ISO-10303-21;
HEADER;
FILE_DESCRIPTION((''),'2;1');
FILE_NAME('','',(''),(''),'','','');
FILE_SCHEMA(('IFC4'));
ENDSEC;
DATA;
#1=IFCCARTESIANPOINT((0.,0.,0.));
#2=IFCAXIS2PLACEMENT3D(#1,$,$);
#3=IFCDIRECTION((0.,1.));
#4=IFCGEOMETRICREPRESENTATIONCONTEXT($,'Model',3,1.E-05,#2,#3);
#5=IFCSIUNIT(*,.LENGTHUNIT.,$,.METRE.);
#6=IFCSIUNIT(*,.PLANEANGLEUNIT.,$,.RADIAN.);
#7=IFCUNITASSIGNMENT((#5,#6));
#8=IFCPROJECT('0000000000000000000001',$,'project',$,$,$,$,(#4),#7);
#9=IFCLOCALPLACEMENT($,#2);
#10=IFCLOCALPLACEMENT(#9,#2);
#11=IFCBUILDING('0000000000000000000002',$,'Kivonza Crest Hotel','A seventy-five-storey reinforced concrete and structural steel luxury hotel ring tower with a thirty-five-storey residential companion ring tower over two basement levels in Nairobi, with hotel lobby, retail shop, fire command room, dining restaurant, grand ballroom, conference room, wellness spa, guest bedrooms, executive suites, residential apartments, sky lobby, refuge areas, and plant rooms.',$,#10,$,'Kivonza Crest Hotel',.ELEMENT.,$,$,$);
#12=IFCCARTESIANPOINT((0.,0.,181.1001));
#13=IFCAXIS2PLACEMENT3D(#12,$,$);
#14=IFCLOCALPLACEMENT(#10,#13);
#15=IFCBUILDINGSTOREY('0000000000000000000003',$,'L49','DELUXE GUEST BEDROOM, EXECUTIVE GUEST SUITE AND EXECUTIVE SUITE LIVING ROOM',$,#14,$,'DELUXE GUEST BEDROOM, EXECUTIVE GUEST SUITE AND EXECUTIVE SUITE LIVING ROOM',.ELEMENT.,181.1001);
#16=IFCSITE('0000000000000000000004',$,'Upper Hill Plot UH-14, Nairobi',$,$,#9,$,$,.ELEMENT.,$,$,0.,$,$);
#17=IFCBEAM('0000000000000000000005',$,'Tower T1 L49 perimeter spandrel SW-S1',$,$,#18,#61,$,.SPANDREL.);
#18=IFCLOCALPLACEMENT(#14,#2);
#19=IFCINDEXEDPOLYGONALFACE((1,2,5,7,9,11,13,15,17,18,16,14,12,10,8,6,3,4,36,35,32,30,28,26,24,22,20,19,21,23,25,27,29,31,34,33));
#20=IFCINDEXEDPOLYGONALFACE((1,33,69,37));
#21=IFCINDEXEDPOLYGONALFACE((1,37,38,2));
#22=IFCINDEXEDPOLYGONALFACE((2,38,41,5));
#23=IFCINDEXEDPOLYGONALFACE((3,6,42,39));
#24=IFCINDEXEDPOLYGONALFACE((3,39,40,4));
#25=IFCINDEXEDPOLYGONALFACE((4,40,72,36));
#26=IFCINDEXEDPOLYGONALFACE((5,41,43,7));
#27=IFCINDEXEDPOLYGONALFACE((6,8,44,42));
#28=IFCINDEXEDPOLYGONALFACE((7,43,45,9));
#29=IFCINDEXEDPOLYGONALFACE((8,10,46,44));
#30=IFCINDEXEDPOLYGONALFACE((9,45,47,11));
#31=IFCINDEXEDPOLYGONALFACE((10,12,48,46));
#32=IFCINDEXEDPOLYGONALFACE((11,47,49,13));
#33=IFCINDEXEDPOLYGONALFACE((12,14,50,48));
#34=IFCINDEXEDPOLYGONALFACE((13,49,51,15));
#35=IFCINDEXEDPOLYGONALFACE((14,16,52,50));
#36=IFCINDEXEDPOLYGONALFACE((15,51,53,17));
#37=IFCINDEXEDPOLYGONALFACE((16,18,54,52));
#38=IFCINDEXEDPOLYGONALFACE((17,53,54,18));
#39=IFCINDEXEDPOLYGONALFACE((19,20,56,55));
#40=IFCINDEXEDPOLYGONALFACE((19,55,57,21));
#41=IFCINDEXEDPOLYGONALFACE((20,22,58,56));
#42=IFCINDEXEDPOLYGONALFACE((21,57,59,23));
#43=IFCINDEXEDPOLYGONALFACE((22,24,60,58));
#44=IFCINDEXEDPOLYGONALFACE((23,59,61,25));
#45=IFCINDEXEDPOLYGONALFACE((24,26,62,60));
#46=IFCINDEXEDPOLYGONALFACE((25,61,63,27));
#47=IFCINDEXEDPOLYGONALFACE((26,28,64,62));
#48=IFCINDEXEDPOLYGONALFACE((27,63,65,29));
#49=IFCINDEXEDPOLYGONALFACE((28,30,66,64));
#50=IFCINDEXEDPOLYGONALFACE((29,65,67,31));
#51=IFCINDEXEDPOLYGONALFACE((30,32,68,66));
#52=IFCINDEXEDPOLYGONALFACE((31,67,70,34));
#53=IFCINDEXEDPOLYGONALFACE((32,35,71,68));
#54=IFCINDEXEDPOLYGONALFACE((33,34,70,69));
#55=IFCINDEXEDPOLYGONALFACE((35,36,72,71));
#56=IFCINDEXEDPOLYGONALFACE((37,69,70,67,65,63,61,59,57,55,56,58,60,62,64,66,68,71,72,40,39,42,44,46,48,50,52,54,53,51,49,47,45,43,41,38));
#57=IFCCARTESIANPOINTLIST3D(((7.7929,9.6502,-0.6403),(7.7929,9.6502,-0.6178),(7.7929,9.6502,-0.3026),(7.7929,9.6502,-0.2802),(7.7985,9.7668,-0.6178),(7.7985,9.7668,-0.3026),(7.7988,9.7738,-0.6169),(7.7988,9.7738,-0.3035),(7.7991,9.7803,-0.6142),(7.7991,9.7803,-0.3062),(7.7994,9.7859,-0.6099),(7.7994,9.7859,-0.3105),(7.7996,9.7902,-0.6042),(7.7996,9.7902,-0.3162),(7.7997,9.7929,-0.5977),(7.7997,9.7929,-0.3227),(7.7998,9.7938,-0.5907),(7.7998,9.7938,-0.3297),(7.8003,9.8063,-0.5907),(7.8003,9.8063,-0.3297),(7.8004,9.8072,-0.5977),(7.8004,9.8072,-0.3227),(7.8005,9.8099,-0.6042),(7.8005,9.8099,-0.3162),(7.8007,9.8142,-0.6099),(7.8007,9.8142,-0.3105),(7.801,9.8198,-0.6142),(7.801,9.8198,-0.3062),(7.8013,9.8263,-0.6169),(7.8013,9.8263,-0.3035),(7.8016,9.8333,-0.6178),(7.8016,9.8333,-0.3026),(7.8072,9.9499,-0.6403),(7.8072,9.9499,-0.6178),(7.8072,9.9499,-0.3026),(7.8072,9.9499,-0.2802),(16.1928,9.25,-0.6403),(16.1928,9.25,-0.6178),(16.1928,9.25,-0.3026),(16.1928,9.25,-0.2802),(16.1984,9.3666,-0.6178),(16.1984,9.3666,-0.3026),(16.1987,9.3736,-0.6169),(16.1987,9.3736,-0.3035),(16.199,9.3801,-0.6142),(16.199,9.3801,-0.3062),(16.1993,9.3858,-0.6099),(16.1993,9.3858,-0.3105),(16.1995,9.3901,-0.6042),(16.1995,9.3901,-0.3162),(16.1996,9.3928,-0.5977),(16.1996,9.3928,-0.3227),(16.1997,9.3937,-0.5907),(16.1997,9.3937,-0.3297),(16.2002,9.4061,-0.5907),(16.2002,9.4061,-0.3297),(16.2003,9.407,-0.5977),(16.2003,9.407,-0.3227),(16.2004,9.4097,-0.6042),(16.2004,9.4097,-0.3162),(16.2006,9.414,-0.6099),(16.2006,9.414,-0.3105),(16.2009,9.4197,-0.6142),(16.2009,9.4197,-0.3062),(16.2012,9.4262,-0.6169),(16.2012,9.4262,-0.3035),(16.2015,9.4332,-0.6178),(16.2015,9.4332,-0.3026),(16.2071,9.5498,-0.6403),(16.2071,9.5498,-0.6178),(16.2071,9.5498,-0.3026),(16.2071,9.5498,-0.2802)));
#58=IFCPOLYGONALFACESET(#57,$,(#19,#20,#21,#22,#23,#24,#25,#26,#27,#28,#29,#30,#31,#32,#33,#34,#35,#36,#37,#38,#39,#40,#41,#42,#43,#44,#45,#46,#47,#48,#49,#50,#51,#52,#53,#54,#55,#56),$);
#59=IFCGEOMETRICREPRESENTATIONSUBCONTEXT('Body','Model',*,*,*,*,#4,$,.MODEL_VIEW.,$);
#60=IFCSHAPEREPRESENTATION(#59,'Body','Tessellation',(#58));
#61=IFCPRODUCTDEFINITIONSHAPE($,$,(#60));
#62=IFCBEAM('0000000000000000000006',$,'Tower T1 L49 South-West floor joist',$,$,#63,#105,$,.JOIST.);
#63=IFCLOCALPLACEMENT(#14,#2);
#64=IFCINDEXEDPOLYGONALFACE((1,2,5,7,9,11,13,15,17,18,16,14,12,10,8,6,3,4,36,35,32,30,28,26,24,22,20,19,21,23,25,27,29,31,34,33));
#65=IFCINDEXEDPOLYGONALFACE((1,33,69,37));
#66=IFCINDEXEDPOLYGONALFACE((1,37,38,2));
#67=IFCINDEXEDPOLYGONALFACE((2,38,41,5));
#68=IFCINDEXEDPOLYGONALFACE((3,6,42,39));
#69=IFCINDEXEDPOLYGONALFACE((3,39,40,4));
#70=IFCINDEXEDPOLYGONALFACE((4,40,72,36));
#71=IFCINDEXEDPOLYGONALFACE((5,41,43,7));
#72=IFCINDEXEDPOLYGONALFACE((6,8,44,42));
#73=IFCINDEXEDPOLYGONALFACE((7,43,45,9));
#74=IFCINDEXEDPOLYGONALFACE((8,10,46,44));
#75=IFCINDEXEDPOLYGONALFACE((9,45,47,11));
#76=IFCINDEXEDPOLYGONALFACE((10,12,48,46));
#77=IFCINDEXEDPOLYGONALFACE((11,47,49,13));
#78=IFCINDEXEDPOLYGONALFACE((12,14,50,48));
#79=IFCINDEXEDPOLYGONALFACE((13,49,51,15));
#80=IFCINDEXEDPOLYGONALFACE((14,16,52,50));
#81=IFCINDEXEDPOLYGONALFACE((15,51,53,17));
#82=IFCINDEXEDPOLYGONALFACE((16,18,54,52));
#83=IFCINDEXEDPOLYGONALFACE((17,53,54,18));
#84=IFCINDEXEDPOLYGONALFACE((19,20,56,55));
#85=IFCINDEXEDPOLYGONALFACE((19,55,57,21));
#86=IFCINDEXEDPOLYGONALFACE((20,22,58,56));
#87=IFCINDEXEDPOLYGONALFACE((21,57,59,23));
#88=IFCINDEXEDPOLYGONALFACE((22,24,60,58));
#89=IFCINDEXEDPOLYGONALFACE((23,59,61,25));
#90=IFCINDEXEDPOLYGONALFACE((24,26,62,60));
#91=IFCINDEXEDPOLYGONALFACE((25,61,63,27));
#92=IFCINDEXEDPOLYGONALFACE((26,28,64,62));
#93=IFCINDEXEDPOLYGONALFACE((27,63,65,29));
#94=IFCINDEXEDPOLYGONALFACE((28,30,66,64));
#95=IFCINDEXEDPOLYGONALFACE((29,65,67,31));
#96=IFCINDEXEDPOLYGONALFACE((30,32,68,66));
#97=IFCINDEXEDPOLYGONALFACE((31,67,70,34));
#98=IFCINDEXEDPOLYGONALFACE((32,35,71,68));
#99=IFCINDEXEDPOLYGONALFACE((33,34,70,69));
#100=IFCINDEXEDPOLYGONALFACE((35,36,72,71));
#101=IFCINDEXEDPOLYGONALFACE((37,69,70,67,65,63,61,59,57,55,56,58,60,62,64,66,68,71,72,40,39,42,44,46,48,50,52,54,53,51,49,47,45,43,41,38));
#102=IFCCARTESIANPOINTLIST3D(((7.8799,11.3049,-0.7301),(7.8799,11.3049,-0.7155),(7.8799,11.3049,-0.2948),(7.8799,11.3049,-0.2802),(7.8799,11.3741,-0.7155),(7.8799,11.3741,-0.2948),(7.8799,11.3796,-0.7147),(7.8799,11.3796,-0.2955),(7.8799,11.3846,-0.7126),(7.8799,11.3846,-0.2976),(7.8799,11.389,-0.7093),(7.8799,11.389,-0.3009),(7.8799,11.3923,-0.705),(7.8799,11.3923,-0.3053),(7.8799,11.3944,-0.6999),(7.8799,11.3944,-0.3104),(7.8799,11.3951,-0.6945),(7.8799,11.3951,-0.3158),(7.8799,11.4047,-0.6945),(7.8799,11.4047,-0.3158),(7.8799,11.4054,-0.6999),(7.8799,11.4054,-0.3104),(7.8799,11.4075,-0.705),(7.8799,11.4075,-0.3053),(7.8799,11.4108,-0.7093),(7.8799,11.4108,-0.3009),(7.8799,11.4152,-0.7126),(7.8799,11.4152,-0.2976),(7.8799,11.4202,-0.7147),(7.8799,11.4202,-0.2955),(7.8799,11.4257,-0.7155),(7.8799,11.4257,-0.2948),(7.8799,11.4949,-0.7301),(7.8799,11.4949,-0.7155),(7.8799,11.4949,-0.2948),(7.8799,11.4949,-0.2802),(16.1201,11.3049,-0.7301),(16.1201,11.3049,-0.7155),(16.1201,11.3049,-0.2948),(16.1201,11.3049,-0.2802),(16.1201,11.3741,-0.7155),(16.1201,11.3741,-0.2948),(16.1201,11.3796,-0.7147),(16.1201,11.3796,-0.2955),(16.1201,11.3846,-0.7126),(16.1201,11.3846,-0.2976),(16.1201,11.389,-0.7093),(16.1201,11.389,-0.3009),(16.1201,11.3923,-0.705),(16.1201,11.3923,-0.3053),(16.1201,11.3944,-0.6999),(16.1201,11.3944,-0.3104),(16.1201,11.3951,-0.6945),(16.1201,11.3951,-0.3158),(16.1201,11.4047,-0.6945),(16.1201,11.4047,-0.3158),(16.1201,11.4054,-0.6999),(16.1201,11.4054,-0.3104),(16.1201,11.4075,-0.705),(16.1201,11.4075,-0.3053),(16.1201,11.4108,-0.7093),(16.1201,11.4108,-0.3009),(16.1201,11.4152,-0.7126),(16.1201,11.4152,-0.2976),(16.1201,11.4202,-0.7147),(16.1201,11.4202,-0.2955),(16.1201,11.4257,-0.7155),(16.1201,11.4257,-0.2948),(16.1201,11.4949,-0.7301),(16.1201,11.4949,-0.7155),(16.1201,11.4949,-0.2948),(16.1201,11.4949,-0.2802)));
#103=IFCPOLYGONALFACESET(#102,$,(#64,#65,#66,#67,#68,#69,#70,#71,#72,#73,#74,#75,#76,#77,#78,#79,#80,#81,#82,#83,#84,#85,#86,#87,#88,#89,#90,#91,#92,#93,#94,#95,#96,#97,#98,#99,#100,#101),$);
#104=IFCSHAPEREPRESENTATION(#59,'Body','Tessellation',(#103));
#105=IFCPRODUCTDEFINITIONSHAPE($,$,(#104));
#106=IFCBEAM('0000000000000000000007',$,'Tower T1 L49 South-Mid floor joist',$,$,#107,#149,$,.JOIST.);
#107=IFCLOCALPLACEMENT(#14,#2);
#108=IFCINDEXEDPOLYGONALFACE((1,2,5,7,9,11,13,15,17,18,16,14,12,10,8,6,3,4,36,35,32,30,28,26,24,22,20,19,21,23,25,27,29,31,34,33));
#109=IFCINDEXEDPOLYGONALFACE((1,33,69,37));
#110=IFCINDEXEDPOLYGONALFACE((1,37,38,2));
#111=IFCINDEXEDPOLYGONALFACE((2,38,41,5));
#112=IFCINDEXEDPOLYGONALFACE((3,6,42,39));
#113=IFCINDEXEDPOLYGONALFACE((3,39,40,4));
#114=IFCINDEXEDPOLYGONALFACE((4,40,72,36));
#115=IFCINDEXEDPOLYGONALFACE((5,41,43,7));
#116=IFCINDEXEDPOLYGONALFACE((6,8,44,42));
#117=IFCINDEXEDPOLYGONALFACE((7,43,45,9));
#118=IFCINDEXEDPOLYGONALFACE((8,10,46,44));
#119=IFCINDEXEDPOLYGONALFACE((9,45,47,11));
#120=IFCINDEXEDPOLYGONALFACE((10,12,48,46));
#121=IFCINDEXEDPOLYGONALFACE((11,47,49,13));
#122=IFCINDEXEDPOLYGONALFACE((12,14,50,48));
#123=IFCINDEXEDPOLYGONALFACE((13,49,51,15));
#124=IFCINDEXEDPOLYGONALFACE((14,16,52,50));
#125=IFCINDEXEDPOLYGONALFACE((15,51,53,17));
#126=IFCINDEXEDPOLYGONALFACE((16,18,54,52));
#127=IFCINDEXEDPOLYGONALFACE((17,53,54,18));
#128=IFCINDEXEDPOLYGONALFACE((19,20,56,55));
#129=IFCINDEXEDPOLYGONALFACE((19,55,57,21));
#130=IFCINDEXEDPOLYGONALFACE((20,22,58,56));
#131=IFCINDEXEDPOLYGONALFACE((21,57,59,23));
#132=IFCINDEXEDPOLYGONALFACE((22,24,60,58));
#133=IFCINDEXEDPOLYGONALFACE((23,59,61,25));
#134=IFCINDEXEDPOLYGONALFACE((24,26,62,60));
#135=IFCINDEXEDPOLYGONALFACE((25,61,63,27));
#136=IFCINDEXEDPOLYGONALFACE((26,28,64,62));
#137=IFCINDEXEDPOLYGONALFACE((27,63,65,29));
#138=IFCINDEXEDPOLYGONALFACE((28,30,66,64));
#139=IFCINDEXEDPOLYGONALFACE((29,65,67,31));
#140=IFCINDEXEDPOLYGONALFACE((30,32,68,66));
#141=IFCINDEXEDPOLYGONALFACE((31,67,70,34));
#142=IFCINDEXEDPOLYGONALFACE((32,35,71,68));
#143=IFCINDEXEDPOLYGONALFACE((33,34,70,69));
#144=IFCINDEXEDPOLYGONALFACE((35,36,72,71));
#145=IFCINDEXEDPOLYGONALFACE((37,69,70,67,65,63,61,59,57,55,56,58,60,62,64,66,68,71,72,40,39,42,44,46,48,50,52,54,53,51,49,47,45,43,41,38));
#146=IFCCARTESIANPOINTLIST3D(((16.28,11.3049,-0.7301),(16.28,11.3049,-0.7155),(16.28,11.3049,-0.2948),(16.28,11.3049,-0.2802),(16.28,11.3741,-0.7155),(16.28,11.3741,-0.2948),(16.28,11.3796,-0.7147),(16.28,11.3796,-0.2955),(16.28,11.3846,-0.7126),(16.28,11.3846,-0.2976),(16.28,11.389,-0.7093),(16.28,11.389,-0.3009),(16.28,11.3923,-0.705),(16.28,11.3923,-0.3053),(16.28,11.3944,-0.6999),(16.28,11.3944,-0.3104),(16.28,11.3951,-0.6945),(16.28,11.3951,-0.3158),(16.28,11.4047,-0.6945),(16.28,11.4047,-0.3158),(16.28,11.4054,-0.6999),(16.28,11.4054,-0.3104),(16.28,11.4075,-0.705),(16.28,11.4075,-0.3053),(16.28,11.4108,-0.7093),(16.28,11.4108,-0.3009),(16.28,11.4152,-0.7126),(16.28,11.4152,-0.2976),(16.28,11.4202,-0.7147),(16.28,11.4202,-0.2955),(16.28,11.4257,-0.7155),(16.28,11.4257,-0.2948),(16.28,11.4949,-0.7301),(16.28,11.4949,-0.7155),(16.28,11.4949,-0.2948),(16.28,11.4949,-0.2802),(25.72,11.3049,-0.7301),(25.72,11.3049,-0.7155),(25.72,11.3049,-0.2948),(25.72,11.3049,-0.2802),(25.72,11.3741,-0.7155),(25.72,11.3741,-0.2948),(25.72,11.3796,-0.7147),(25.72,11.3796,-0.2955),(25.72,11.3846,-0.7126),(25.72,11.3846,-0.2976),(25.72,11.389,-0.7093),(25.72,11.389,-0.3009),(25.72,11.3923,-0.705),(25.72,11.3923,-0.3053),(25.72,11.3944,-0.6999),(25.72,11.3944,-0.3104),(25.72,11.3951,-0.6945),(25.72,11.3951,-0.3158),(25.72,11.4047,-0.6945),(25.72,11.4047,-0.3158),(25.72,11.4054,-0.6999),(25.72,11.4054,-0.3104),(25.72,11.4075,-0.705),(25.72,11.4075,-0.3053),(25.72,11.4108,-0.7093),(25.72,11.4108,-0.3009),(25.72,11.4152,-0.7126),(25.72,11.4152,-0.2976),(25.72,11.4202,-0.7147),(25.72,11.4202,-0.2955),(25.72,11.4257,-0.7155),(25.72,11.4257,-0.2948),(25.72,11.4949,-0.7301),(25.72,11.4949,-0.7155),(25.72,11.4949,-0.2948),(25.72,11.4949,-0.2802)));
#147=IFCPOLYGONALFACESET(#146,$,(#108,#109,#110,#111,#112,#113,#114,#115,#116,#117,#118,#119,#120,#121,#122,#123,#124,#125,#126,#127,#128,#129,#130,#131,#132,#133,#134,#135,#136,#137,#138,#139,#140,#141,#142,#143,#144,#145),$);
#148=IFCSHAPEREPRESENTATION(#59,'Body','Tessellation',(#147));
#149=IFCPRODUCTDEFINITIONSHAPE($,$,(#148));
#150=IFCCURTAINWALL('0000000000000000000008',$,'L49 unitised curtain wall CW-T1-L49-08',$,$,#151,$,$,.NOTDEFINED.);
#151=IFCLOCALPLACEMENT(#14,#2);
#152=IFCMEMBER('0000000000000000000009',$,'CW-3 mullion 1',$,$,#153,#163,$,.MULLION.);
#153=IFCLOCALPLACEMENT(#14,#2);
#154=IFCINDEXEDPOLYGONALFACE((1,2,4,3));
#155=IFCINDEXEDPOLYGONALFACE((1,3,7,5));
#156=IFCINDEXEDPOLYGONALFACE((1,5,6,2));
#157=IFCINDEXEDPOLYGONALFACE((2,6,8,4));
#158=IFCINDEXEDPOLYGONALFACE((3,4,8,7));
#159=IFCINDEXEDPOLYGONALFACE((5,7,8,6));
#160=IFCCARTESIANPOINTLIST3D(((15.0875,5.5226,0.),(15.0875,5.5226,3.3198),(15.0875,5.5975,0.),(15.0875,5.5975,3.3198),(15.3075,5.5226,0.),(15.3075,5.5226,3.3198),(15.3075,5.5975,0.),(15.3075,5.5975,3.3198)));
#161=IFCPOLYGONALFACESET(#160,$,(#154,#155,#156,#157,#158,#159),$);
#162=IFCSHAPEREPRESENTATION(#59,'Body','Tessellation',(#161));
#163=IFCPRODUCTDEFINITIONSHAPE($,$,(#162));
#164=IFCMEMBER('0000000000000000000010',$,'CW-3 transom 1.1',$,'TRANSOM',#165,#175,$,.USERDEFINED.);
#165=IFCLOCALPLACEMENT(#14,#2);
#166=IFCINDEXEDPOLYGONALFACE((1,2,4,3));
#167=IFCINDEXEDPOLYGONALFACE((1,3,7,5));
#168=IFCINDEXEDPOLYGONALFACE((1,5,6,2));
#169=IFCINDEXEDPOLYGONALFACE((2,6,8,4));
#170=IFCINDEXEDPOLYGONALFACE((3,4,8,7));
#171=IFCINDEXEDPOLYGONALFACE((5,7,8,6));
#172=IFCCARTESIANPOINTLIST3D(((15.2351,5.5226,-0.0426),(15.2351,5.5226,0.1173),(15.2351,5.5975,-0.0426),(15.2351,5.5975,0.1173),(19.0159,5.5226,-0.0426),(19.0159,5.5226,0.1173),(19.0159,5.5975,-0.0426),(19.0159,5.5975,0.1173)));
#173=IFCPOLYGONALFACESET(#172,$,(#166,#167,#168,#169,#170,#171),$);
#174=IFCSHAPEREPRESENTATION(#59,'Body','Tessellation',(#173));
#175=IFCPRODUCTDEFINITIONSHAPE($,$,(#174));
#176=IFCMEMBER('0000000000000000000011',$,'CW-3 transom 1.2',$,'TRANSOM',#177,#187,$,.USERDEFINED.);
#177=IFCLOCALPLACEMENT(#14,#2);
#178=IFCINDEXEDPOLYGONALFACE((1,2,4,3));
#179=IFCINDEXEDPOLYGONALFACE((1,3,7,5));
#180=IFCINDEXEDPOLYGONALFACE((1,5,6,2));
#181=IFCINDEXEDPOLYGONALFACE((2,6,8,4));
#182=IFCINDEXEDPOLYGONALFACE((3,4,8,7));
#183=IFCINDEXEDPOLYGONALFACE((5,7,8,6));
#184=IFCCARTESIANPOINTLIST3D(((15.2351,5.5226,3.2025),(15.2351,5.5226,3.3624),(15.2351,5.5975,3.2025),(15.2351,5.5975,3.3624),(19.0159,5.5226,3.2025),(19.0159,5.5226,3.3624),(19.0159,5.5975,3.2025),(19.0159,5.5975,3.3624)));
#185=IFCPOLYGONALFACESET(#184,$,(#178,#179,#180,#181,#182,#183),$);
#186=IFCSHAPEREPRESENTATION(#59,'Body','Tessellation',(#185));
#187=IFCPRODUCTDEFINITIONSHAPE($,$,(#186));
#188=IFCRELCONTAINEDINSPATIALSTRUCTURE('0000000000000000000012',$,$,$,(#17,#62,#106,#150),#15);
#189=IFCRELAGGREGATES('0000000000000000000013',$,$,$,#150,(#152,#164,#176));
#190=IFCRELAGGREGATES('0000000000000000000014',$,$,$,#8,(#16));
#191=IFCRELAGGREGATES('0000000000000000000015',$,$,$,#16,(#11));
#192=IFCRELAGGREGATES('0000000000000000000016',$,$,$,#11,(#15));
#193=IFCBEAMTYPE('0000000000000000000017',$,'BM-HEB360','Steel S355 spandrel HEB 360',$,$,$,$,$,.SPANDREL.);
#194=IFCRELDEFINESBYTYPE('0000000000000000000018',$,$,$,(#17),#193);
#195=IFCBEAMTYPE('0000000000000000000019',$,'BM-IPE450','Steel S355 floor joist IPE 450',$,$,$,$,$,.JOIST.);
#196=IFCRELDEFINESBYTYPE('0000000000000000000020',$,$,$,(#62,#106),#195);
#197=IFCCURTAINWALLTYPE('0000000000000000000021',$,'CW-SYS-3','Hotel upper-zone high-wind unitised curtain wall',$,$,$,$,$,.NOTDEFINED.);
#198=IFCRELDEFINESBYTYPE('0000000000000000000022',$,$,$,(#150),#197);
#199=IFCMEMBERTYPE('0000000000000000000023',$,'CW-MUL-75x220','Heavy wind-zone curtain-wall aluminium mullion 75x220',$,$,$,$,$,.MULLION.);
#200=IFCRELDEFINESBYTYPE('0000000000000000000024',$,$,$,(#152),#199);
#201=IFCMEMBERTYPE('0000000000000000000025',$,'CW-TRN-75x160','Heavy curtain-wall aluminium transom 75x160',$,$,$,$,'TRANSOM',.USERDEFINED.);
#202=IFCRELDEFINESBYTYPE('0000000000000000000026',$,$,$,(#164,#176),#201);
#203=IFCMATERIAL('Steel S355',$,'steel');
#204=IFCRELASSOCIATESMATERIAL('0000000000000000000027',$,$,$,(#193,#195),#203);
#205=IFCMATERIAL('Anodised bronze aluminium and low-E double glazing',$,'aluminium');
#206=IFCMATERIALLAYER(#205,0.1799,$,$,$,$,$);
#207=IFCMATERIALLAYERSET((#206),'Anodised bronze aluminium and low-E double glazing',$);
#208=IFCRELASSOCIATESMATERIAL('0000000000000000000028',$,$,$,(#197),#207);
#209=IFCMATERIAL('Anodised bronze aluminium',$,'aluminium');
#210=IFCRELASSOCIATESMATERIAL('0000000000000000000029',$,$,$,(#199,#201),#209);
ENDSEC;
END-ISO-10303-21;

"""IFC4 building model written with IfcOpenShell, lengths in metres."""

from ifc_helpers import new_model, si_unit, direction, frame, origin, origin_2d, place, context, subcontext, project, spatial, rectangle, i_section, extrude, material, layer, layer_set, material_profile, profile_set, type_object, element, aggregate, save


model = new_model("IFC4")

# Units and contexts
model_context = context("Model", 3, precision=1e-05, world=origin(), true_north=direction((0.0, 1.0)))
body_context = subcontext(model_context, "Body", "Model", "MODEL_VIEW")
ifc_project = project(units=[si_unit("LENGTHUNIT", "METRE"), si_unit("PLANEANGLEUNIT", "RADIAN")], contexts=[model_context])

# Site, building, storey
site_placement = place(None, origin())
site = spatial("IfcSite", under=ifc_project, at=site_placement, Name="Upper Hill Plot UH-14, Nairobi", CompositionType="ELEMENT", RefElevation=0.0)
building_placement = place(site_placement, origin())
building = spatial("IfcBuilding", under=site, at=building_placement, Name="Kivonza Crest Hotel", Description="A seventy-five-storey reinforced concrete and structural steel luxury hotel ring tower with a thirty-five-storey residential companion ring tower over two basement levels in Nairobi, with hotel lobby, retail shop, fire command room, dining restaurant, grand ballroom, conference room, wellness spa, guest bedrooms, executive suites, residential apartments, sky lobby, refuge areas, and plant rooms.", LongName="Kivonza Crest Hotel", CompositionType="ELEMENT")
storey_placement = place(building_placement, frame((0.0, 0.0, 181.1001)))
storey = spatial("IfcBuildingStorey", under=building, at=storey_placement, Name="L49", Description="DELUXE GUEST BEDROOM, EXECUTIVE GUEST SUITE AND EXECUTIVE SUITE LIVING ROOM", LongName="DELUXE GUEST BEDROOM, EXECUTIVE GUEST SUITE AND EXECUTIVE SUITE LIVING ROOM", CompositionType="ELEMENT", Elevation=181.1001)

# Beams
ifc_material_1 = material(Name="Steel S355", Category="steel")
ifc_material_profile_1 = material_profile(ifc_material_1, i_section(OverallWidth=0.3, OverallDepth=0.3601, WebThickness=0.0125, FlangeThickness=0.0225, FilletRadius=0.0271, at=origin_2d()), Name="HEB 360")
ifc_profile_set_1 = profile_set([ifc_material_profile_1], Name="Steel S355")
beam_type_1 = type_object("IfcBeamType", Name="BM-HEB360", Description="Steel S355 spandrel HEB 360", PredefinedType="SPANDREL", material=ifc_profile_set_1)
beam_1_placement = place(storey_placement, frame((7.8, 9.8, -0.4602), z_axis=(0.998867, -0.047583, 0.0), x_axis=(0.047583, 0.998867, 0.0)))
element("IfcBeam", 1, at=beam_1_placement, inside=storey, type_object=beam_type_1, Name="Tower T1 L49 perimeter spandrel SW-S1", PredefinedType="SPANDREL", context=body_context, shape_type="SweptSolid", body=[
    extrude(i_section(OverallWidth=0.3, OverallDepth=0.3601, WebThickness=0.0125, FlangeThickness=0.0225, FilletRadius=0.0271, at=origin_2d()), origin(), (0.0, 0.0, 1.0), 8.4094),
])
ifc_material_profile_2 = material_profile(ifc_material_1, i_section(OverallWidth=0.1899, OverallDepth=0.45, WebThickness=0.0095, FlangeThickness=0.0146, FilletRadius=0.021, at=origin_2d()), Name="IPE 450")
ifc_profile_set_2 = profile_set([ifc_material_profile_2], Name="Steel S355")
beam_type_2 = type_object("IfcBeamType", Name="BM-IPE450", Description="Steel S355 floor joist IPE 450", PredefinedType="JOIST", material=ifc_profile_set_2)
beam_2_placement = place(storey_placement, frame((7.8799, 11.3999, -0.5051), z_axis=(1.0, 0.0, 0.0), x_axis=(0.0, 1.0, 0.0)))
element("IfcBeam", 2, at=beam_2_placement, inside=storey, type_object=beam_type_2, Name="Tower T1 L49 South-West floor joist", PredefinedType="JOIST", context=body_context, shape_type="SweptSolid", body=[
    extrude(i_section(OverallWidth=0.1899, OverallDepth=0.45, WebThickness=0.0095, FlangeThickness=0.0146, FilletRadius=0.021, at=origin_2d()), origin(), (0.0, 0.0, 1.0), 8.2402),
])
beam_3_placement = place(storey_placement, frame((16.28, 11.3999, -0.5051), z_axis=(1.0, 0.0, 0.0), x_axis=(0.0, 1.0, 0.0)))
element("IfcBeam", 3, at=beam_3_placement, inside=storey, type_object=beam_type_2, Name="Tower T1 L49 South-Mid floor joist", PredefinedType="JOIST", context=body_context, shape_type="SweptSolid", body=[
    extrude(i_section(OverallWidth=0.1899, OverallDepth=0.45, WebThickness=0.0095, FlangeThickness=0.0146, FilletRadius=0.021, at=origin_2d()), origin(), (0.0, 0.0, 1.0), 9.4399),
])

# Curtain wall, members
ifc_material_2 = material(Name="Anodised bronze aluminium and low-E double glazing", Category="aluminium")
ifc_layer_1 = layer(ifc_material_2, 0.1799)
ifc_layer_set_1 = layer_set([ifc_layer_1], Name="Anodised bronze aluminium and low-E double glazing")
curtain_wall_type = type_object("IfcCurtainWallType", Name="CW-SYS-3", Description="Hotel upper-zone high-wind unitised curtain wall", PredefinedType="NOTDEFINED", material=ifc_layer_set_1)
curtain_wall_placement = place(storey_placement, origin())
curtain_wall = element("IfcCurtainWall", 4, at=curtain_wall_placement, inside=storey, type_object=curtain_wall_type, Name="L49 unitised curtain wall CW-T1-L49-08", PredefinedType="NOTDEFINED")
ifc_material_3 = material(Name="Anodised bronze aluminium", Category="aluminium")
ifc_material_profile_3 = material_profile(ifc_material_3, rectangle(XDim=0.075, YDim=0.22, at=origin_2d()), Name="CW-M 75x220")
ifc_profile_set_3 = profile_set([ifc_material_profile_3], Name="Anodised bronze aluminium")
member_type_1 = type_object("IfcMemberType", Name="CW-MUL-75x220", Description="Heavy wind-zone curtain-wall aluminium mullion 75x220", PredefinedType="MULLION", material=ifc_profile_set_3)
member_1_placement = place(storey_placement, frame((15.1975, 5.5601, 0.0), z_axis=(0.0, 0.0, 1.0), x_axis=(0.0, 1.0, 0.0)))
member_1 = element("IfcMember", 5, at=member_1_placement, type_object=member_type_1, Name="CW-3 mullion 1", PredefinedType="MULLION", context=body_context, shape_type="SweptSolid", body=[
    extrude(rectangle(XDim=0.075, YDim=0.22, at=origin_2d()), origin(), (0.0, 0.0, 1.0), 3.3198),
])
ifc_material_profile_4 = material_profile(ifc_material_3, rectangle(XDim=0.075, YDim=0.1599, at=origin_2d()), Name="CW-T 75x160")
ifc_profile_set_4 = profile_set([ifc_material_profile_4], Name="Anodised bronze aluminium")
member_type_2 = type_object("IfcMemberType", Name="CW-TRN-75x160", Description="Heavy curtain-wall aluminium transom 75x160", ElementType="TRANSOM", PredefinedType="USERDEFINED", material=ifc_profile_set_4)
member_2_placement = place(storey_placement, frame((15.2351, 5.5601, 0.0374), z_axis=(1.0, 0.0, 0.0), x_axis=(0.0, 1.0, 0.0)))
member_2 = element("IfcMember", 6, at=member_2_placement, type_object=member_type_2, Name="CW-3 transom 1.1", ObjectType="TRANSOM", PredefinedType="USERDEFINED", context=body_context, shape_type="SweptSolid", body=[
    extrude(rectangle(XDim=0.075, YDim=0.1599, at=origin_2d()), origin(), (0.0, 0.0, 1.0), 3.7808),
])
member_3_placement = place(storey_placement, frame((15.2351, 5.5601, 3.2825), z_axis=(1.0, 0.0, 0.0), x_axis=(0.0, 1.0, 0.0)))
member_3 = element("IfcMember", 7, at=member_3_placement, type_object=member_type_2, Name="CW-3 transom 1.2", ObjectType="TRANSOM", PredefinedType="USERDEFINED", context=body_context, shape_type="SweptSolid", body=[
    extrude(rectangle(XDim=0.075, YDim=0.1599, at=origin_2d()), origin(), (0.0, 0.0, 1.0), 3.7808),
])
aggregate(curtain_wall, [member_1, member_2, member_3])

save(model, "model.ifc")
